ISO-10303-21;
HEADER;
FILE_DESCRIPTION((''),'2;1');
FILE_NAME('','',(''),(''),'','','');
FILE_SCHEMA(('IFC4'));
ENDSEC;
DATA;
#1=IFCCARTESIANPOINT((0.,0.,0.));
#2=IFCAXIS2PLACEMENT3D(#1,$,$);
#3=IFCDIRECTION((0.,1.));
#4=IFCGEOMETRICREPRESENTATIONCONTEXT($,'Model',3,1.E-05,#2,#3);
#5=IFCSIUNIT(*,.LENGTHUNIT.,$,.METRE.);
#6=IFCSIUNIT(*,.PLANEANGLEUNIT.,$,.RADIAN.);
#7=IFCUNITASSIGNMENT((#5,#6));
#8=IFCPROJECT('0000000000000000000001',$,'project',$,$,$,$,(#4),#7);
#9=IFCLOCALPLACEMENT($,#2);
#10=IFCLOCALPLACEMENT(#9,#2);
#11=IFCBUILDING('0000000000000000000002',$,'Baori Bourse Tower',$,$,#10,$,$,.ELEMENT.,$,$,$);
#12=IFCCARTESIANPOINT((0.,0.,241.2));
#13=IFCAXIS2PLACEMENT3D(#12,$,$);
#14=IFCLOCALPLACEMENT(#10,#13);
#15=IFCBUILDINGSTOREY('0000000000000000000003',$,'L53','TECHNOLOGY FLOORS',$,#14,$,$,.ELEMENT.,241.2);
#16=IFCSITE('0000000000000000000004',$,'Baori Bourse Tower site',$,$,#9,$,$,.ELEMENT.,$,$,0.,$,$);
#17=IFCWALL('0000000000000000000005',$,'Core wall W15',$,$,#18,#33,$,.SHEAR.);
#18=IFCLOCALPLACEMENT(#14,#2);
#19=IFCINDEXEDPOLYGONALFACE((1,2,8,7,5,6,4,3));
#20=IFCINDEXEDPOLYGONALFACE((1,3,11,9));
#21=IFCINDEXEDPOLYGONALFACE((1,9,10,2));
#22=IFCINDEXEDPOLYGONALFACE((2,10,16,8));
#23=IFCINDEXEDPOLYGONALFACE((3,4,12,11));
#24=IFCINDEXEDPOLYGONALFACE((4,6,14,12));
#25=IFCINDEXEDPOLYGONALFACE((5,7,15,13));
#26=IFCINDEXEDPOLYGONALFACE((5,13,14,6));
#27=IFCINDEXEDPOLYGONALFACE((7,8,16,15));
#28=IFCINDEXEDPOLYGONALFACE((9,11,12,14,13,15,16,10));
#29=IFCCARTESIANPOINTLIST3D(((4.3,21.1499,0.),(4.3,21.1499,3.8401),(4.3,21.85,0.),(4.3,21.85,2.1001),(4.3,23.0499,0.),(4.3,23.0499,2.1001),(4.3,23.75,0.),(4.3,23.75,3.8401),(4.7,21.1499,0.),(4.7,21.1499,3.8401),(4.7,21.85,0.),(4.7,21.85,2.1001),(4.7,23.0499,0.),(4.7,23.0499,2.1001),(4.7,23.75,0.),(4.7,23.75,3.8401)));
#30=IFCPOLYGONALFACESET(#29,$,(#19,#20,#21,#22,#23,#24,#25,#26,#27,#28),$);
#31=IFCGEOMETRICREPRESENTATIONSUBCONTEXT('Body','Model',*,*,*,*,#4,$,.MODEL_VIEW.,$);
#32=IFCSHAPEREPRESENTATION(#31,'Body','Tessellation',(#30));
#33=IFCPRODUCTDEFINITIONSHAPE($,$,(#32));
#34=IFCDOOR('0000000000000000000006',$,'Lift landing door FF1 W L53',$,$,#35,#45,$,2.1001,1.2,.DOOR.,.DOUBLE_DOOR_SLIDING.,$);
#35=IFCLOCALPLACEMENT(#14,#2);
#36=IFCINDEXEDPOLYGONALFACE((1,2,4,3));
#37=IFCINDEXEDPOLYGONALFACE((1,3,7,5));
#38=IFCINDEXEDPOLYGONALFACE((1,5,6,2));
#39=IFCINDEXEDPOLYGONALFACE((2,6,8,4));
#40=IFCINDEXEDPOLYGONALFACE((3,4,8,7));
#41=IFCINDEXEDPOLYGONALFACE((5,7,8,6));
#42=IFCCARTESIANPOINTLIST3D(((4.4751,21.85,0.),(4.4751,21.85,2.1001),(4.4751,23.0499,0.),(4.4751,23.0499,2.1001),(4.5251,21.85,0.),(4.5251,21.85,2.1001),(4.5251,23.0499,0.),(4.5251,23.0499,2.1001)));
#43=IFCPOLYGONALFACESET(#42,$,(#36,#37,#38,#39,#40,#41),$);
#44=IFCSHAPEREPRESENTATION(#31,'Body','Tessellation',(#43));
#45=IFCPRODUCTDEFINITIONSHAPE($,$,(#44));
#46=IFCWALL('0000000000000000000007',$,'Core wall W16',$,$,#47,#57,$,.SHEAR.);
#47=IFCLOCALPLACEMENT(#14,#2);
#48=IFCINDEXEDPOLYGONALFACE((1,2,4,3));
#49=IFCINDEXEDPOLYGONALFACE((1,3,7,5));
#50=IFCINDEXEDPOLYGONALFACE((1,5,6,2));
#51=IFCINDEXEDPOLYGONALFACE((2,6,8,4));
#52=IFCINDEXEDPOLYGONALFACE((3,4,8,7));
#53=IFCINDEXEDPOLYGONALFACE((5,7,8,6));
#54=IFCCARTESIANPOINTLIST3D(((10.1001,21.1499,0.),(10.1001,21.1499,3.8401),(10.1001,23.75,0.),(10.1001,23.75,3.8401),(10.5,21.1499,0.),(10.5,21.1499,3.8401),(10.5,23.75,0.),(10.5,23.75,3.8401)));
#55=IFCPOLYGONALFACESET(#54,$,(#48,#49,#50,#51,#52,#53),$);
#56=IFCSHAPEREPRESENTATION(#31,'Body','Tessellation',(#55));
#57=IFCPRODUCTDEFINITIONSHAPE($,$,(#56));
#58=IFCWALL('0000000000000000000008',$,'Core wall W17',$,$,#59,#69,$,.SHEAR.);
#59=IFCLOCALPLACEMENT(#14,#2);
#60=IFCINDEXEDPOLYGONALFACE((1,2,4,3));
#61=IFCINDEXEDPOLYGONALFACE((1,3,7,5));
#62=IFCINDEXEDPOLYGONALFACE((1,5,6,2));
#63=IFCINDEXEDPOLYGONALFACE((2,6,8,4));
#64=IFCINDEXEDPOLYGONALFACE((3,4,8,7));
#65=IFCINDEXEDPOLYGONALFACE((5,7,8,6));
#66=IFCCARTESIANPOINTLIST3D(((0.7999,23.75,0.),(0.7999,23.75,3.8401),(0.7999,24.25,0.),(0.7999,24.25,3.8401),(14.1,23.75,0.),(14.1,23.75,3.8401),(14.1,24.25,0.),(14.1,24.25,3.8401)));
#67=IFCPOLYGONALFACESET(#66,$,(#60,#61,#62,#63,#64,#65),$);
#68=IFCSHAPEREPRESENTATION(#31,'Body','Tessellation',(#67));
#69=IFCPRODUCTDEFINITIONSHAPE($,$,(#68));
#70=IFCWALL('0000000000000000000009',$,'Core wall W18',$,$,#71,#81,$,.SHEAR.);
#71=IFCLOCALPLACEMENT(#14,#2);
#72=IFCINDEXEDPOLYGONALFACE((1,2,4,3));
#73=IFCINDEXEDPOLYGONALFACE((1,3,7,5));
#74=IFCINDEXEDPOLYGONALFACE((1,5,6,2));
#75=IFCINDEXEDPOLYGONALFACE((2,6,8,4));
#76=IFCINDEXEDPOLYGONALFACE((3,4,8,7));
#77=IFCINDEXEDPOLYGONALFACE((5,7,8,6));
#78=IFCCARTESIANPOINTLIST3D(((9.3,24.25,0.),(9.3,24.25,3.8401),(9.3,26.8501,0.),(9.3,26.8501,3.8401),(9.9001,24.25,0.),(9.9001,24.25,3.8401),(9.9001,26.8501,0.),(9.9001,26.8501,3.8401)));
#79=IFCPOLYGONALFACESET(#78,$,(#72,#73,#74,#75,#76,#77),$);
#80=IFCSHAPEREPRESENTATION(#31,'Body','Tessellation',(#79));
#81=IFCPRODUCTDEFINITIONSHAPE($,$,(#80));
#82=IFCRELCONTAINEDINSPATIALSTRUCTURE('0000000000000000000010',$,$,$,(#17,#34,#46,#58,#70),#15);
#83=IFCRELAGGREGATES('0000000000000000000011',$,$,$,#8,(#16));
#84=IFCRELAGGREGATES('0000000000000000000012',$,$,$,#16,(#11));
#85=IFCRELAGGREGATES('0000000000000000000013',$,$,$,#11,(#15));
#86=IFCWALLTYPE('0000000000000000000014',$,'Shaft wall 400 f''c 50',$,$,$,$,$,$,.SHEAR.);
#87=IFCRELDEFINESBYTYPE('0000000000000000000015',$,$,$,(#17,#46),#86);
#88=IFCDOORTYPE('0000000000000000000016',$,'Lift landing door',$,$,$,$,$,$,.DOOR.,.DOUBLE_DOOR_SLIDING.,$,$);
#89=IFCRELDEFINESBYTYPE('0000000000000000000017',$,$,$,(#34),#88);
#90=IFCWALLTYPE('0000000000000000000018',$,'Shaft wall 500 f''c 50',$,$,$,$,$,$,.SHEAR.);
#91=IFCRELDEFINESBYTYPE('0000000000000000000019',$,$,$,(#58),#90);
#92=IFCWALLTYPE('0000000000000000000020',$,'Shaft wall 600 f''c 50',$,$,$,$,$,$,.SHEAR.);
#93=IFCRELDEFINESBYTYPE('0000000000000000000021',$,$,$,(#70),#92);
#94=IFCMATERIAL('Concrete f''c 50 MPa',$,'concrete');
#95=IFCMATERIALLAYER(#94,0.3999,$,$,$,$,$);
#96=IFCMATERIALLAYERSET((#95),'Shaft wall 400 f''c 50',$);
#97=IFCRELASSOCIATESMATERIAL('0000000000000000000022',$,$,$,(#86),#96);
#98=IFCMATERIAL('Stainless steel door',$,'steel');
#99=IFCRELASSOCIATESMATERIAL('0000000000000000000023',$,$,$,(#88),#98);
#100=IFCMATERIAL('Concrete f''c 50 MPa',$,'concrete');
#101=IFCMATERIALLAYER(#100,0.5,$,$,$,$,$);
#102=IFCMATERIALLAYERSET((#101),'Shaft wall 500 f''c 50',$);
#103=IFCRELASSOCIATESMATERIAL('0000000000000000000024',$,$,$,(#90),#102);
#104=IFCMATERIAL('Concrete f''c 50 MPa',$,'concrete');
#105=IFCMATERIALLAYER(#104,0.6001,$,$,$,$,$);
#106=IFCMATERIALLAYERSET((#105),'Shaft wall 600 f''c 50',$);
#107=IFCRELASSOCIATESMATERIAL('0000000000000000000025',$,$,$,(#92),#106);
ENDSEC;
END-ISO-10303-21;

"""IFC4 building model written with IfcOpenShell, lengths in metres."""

from ifc_helpers import new_model, si_unit, direction, frame, frame_2d, origin, place, context, subcontext, project, spatial, rectangle, extrude, material, layer, layer_set, type_object, element, fill, save


model = new_model("IFC4")

# Units and contexts
model_context = context("Model", 3, precision=1e-05, world=origin(), true_north=direction((0.0, 1.0)))
body_context = subcontext(model_context, "Body", "Model", "MODEL_VIEW")
ifc_project = project(units=[si_unit("LENGTHUNIT", "METRE"), si_unit("PLANEANGLEUNIT", "RADIAN")], contexts=[model_context])

# Site, building, storey
site_placement = place(None, origin())
site = spatial("IfcSite", under=ifc_project, at=site_placement, Name="Baori Bourse Tower site", CompositionType="ELEMENT", RefElevation=0.0)
building_placement = place(site_placement, origin())
building = spatial("IfcBuilding", under=site, at=building_placement, Name="Baori Bourse Tower", CompositionType="ELEMENT")
storey_placement = place(building_placement, frame((0.0, 0.0, 241.2)))
storey = spatial("IfcBuildingStorey", under=building, at=storey_placement, Name="L53", Description="TECHNOLOGY FLOORS", CompositionType="ELEMENT", Elevation=241.2)

# Shared definitions
ifc_material_1 = material(Name="Concrete f'c 50 MPa", Category="concrete")
ifc_layer_1 = layer(ifc_material_1, 0.3999)
ifc_layer_set_1 = layer_set([ifc_layer_1], Name="Shaft wall 400 f'c 50")
wall_type_1 = type_object("IfcWallType", Name="Shaft wall 400 f'c 50", PredefinedType="SHEAR", material=ifc_layer_set_1)

# Wall, opening, door
wall_1_placement = place(storey_placement, frame((4.5, 21.1499, 0.0), z_axis=(0.0, 0.0, 1.0), x_axis=(0.0, 1.0, 0.0)))
wall_1 = element("IfcWall", 1, at=wall_1_placement, inside=storey, type_object=wall_type_1, Name="Core wall W15", PredefinedType="SHEAR", context=body_context, shape_type="SweptSolid", body=[
    extrude(rectangle(XDim=2.6001, YDim=0.3999, at=frame_2d((1.3, 0.0))), origin(), (0.0, 0.0, 1.0), 3.8401),
])
opening_1_placement = place(wall_1_placement, frame((0.7, 0.0, 0.0)))
opening_1 = element("IfcOpeningElement", 2, at=opening_1_placement, cuts=wall_1, PredefinedType="OPENING", context=body_context, shape_type="SweptSolid", body=[
    extrude(rectangle(XDim=1.2, YDim=2.1001, at=frame_2d((0.6001, 1.05))), frame((0.0, 0.21, 0.0), z_axis=(0.0, -1.0, 0.0), x_axis=(1.0, 0.0, 0.0)), (0.0, 0.0, 1.0), 0.4199),
])
ifc_material_2 = material(Name="Stainless steel door", Category="steel")
door_type_1 = type_object("IfcDoorType", Name="Lift landing door", OperationType="DOUBLE_DOOR_SLIDING", PredefinedType="DOOR", material=ifc_material_2)
door_1_placement = place(opening_1_placement, origin())
door_1 = element("IfcDoor", 3, at=door_1_placement, inside=storey, type_object=door_type_1, Name="Lift landing door FF1 W L53", OperationType="DOUBLE_DOOR_SLIDING", OverallHeight=2.1001, OverallWidth=1.2, PredefinedType="DOOR", context=body_context, shape_type="SweptSolid", body=[
    extrude(rectangle(XDim=1.2, YDim=2.1001, at=frame_2d((0.6001, 1.05))), frame((0.0, 0.0249, 0.0), z_axis=(0.0, -1.0, 0.0), x_axis=(1.0, 0.0, 0.0)), (0.0, 0.0, 1.0), 0.05),
])
fill(opening_1, door_1)

# Walls
wall_2_placement = place(storey_placement, frame((10.3, 21.1499, 0.0), z_axis=(0.0, 0.0, 1.0), x_axis=(0.0, 1.0, 0.0)))
element("IfcWall", 4, at=wall_2_placement, inside=storey, type_object=wall_type_1, Name="Core wall W16", PredefinedType="SHEAR", context=body_context, shape_type="SweptSolid", body=[
    extrude(rectangle(XDim=2.6001, YDim=0.3999, at=frame_2d((1.3, 0.0))), origin(), (0.0, 0.0, 1.0), 3.8401),
])
ifc_material_3 = material(Name="Concrete f'c 50 MPa", Category="concrete")
ifc_layer_2 = layer(ifc_material_3, 0.5)
ifc_layer_set_2 = layer_set([ifc_layer_2], Name="Shaft wall 500 f'c 50")
wall_type_2 = type_object("IfcWallType", Name="Shaft wall 500 f'c 50", PredefinedType="SHEAR", material=ifc_layer_set_2)
wall_3_placement = place(storey_placement, frame((0.8, 24.0, 0.0), z_axis=(0.0, 0.0, 1.0), x_axis=(1.0, 0.0, 0.0)))
element("IfcWall", 5, at=wall_3_placement, inside=storey, type_object=wall_type_2, Name="Core wall W17", PredefinedType="SHEAR", context=body_context, shape_type="SweptSolid", body=[
    extrude(rectangle(XDim=13.3, YDim=0.5, at=frame_2d((6.6499, 0.0))), origin(), (0.0, 0.0, 1.0), 3.8401),
])
ifc_material_4 = material(Name="Concrete f'c 50 MPa", Category="concrete")
ifc_layer_3 = layer(ifc_material_4, 0.6001)
ifc_layer_set_3 = layer_set([ifc_layer_3], Name="Shaft wall 600 f'c 50")
wall_type_3 = type_object("IfcWallType", Name="Shaft wall 600 f'c 50", PredefinedType="SHEAR", material=ifc_layer_set_3)
wall_4_placement = place(storey_placement, frame((9.6001, 24.25, 0.0), z_axis=(0.0, 0.0, 1.0), x_axis=(0.0, 1.0, 0.0)))
element("IfcWall", 6, at=wall_4_placement, inside=storey, type_object=wall_type_3, Name="Core wall W18", PredefinedType="SHEAR", context=body_context, shape_type="SweptSolid", body=[
    extrude(rectangle(XDim=2.6001, YDim=0.6001, at=frame_2d((1.3, 0.0))), origin(), (0.0, 0.0, 1.0), 3.8401),
])

save(model, "model.ifc")
